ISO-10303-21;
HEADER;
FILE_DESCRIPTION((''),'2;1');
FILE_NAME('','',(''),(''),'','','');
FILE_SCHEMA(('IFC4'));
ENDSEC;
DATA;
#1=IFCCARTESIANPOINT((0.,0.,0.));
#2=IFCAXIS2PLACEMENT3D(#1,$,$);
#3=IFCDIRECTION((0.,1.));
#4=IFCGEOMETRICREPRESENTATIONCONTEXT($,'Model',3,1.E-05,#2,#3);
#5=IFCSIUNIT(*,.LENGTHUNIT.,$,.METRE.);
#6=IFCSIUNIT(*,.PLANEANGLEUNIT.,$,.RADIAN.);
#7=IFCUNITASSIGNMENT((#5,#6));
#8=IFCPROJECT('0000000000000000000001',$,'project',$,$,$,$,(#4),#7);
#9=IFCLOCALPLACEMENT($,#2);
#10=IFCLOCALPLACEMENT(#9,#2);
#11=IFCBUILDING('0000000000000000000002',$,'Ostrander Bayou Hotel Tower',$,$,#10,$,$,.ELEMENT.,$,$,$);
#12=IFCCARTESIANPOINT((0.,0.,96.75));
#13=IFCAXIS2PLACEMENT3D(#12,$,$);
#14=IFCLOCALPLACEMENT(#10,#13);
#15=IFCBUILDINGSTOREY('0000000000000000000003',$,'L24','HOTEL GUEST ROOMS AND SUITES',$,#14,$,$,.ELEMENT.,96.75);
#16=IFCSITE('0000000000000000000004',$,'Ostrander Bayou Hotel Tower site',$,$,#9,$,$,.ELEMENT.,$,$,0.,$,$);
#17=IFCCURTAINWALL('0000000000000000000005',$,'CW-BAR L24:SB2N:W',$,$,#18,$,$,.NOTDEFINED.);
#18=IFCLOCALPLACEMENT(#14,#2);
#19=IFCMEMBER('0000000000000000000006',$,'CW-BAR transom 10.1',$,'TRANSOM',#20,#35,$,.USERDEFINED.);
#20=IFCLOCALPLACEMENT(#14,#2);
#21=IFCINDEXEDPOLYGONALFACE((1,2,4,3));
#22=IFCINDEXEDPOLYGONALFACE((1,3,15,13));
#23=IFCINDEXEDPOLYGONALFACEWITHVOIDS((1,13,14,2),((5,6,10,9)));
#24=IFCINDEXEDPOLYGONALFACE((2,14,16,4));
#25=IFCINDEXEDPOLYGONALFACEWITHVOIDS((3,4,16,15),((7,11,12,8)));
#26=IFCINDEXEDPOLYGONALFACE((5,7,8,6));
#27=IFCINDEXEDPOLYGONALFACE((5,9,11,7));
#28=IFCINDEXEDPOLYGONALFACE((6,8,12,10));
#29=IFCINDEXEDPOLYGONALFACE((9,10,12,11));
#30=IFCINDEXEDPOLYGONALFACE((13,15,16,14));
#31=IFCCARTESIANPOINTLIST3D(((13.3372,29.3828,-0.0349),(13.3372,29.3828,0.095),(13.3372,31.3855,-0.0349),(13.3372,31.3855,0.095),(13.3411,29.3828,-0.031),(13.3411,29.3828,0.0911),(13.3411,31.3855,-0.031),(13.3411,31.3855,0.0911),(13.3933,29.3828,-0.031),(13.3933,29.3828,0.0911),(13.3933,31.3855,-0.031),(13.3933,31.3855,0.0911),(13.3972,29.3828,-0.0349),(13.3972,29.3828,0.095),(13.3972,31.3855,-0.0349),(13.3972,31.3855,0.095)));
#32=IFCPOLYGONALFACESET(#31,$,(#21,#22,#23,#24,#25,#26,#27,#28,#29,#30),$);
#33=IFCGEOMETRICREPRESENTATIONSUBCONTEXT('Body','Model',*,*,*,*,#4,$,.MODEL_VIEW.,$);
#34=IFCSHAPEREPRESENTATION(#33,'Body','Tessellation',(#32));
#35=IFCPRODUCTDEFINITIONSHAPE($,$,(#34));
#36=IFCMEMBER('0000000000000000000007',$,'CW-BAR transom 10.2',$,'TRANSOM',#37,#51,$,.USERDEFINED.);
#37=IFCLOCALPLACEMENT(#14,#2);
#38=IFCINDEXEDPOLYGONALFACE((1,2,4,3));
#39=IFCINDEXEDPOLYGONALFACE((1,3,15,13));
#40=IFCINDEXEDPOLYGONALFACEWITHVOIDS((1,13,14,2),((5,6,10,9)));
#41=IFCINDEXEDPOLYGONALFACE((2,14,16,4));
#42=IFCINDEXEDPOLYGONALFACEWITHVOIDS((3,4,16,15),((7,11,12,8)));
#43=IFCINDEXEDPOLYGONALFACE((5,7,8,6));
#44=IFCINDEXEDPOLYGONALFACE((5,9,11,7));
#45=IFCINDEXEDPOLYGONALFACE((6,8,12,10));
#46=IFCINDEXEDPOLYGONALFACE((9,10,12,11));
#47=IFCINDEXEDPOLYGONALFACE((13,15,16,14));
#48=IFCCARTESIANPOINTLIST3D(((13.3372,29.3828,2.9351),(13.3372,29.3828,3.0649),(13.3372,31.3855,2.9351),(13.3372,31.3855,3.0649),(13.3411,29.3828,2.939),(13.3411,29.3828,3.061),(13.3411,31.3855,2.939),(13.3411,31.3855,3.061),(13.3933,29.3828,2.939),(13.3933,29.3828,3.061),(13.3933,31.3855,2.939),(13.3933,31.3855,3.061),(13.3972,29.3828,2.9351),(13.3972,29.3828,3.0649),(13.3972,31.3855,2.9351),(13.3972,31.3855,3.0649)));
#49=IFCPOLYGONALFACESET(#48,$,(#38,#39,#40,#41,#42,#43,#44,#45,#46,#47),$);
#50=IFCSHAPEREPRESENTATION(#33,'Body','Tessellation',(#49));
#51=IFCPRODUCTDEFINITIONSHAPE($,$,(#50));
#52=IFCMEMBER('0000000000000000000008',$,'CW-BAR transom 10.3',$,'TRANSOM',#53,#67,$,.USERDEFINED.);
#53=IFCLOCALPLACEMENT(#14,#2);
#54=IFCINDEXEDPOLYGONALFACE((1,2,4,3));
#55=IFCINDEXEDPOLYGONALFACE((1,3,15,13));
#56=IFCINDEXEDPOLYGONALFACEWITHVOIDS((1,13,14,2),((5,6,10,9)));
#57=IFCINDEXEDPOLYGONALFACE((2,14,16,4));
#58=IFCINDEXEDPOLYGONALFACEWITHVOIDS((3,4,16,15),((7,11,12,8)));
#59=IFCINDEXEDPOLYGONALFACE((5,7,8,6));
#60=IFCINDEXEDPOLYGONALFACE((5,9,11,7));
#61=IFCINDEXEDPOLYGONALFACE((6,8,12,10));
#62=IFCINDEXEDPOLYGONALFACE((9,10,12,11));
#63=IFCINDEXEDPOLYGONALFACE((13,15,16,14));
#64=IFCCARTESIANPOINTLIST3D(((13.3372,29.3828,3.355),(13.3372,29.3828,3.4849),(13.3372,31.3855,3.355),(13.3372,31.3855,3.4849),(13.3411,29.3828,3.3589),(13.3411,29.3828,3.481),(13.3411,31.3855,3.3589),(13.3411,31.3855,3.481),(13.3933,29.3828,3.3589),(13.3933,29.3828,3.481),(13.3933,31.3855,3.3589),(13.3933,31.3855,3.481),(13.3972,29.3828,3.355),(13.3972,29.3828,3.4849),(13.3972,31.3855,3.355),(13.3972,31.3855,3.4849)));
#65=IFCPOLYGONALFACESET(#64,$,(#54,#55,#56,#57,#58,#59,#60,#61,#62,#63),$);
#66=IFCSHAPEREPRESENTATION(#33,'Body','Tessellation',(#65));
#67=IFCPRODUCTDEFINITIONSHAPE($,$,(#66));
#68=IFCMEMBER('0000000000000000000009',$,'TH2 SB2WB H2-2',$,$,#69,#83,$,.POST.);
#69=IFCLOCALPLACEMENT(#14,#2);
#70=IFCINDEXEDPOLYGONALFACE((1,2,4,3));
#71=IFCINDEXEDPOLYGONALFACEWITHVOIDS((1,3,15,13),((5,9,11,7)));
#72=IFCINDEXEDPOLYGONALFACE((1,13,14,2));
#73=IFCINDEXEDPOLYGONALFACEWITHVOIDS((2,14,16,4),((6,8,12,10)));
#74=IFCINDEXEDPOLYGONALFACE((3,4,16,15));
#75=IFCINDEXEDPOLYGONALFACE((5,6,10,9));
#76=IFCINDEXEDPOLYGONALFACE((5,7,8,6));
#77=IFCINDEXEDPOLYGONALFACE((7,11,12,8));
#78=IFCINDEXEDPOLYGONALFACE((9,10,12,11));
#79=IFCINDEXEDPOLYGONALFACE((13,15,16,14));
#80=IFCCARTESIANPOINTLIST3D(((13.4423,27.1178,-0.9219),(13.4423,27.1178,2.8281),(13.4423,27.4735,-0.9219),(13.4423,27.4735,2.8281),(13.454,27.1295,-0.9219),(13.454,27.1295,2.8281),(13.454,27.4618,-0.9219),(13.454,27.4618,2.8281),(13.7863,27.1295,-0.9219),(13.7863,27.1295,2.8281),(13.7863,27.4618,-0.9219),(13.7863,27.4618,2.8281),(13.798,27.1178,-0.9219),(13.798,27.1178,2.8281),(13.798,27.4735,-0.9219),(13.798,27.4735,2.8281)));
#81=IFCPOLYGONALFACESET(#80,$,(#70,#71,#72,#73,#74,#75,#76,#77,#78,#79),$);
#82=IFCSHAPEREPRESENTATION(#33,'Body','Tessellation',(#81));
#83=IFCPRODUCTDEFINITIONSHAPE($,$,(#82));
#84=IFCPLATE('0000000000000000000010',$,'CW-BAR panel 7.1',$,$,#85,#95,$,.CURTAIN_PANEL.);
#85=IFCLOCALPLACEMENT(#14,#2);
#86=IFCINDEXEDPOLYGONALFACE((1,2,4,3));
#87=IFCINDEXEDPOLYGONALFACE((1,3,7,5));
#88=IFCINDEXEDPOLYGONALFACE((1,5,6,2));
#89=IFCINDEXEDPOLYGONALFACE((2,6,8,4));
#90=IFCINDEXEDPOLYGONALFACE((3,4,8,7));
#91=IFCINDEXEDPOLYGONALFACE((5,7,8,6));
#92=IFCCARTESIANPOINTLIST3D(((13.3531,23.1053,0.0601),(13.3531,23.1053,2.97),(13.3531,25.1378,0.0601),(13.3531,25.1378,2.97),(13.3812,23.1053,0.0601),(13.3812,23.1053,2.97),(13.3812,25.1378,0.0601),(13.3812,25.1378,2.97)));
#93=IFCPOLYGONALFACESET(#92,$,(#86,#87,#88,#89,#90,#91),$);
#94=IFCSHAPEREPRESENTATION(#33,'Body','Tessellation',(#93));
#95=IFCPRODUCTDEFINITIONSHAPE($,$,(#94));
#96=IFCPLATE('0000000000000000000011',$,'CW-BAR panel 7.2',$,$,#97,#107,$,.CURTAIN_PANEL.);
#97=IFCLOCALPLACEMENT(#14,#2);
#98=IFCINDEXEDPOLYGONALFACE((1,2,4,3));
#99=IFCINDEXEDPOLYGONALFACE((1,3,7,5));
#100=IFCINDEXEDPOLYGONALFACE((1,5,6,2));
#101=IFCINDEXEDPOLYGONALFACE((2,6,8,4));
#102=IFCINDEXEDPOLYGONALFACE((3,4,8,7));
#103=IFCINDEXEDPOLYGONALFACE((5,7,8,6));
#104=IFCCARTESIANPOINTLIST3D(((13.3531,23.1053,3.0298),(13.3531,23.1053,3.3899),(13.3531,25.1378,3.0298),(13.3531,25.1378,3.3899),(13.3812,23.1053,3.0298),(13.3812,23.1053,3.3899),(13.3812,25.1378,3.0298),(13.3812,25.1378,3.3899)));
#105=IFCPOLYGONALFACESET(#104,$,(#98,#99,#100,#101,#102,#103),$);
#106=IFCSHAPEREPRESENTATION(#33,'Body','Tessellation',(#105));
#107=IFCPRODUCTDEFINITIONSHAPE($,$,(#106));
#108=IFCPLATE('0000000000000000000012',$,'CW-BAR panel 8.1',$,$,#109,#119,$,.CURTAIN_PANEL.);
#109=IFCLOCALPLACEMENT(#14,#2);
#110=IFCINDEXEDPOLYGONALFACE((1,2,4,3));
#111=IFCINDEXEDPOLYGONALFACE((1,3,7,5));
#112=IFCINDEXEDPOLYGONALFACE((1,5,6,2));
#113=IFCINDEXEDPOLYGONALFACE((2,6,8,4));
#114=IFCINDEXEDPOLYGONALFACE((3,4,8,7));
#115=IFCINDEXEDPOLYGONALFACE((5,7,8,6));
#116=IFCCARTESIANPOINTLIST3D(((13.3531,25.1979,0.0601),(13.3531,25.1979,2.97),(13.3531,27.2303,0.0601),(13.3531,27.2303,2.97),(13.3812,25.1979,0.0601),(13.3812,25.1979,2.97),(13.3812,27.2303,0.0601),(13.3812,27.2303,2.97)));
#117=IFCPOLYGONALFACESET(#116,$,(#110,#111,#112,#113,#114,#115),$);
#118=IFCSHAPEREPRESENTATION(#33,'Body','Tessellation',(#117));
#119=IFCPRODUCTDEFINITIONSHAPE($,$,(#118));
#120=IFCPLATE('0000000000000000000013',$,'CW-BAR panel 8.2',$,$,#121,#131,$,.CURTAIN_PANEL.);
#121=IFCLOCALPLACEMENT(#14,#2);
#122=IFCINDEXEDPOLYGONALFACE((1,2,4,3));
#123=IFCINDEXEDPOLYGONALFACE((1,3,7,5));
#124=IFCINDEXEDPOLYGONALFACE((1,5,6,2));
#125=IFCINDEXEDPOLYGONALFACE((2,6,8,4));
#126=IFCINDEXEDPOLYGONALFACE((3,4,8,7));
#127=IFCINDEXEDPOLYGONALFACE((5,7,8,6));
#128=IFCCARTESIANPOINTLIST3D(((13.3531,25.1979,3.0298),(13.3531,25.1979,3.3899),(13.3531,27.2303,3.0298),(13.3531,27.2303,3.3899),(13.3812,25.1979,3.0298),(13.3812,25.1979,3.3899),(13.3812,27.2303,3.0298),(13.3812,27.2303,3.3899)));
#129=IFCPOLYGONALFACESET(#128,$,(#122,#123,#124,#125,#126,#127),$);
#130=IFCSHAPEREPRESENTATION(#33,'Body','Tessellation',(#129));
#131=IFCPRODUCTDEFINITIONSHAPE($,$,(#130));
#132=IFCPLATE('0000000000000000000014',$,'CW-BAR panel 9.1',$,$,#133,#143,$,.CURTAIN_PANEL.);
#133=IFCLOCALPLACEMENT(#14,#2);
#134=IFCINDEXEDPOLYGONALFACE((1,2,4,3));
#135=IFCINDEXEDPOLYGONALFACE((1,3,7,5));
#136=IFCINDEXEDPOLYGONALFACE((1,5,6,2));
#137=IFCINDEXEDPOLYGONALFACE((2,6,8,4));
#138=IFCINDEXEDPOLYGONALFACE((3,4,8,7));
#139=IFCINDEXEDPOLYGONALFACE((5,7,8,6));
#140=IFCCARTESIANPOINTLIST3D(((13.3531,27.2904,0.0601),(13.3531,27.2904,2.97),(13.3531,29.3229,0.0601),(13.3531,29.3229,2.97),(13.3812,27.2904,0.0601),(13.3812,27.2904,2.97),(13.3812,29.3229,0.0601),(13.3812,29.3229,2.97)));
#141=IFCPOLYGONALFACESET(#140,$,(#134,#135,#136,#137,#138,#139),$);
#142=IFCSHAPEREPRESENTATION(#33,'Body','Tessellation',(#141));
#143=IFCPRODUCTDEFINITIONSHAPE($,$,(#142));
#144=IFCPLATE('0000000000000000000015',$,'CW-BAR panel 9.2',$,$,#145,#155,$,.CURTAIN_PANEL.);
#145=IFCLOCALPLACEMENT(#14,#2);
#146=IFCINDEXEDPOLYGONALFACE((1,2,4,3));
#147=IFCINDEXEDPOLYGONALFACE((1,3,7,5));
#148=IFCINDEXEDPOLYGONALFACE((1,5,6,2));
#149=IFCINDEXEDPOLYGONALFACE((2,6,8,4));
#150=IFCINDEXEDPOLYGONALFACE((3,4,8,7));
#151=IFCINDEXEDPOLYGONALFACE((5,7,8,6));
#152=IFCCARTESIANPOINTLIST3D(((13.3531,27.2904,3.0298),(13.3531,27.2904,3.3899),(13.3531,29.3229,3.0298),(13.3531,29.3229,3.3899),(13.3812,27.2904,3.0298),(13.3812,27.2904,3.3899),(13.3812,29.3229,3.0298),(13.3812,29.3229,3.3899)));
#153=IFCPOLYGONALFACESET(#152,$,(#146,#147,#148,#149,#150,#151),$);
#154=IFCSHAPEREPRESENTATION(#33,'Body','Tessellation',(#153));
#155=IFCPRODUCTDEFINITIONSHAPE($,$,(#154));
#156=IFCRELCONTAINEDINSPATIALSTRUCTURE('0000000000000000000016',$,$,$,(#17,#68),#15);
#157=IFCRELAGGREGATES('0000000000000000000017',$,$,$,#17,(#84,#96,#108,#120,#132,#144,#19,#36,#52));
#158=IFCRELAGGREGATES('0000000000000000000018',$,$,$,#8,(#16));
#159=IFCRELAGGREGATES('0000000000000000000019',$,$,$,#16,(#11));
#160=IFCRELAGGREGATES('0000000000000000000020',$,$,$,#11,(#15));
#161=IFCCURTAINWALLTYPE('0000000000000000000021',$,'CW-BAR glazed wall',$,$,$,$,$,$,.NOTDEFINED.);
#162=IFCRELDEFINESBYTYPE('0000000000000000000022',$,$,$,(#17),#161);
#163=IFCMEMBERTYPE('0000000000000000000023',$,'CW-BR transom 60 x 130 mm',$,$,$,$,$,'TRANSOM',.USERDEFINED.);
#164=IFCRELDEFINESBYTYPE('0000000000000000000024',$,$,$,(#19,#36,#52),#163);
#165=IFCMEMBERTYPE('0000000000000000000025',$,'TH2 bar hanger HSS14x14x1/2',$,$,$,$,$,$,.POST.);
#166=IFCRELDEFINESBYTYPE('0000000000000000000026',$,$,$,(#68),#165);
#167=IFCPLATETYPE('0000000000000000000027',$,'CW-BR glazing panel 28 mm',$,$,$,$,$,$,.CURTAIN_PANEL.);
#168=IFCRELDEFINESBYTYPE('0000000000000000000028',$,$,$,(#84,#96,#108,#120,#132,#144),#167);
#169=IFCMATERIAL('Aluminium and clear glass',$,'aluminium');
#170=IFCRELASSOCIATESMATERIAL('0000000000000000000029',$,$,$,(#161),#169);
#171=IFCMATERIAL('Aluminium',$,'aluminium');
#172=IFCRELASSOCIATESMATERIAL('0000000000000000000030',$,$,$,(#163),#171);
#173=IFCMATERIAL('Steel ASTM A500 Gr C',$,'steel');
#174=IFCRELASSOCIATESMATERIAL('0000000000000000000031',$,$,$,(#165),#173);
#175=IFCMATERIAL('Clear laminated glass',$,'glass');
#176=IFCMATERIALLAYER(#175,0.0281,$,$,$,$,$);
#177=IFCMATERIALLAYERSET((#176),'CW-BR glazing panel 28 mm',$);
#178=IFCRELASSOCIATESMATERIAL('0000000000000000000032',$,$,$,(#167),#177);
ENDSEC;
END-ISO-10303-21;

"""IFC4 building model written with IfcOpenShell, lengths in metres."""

from ifc_helpers import new_model, si_unit, direction, frame, origin, origin_2d, place, context, subcontext, project, spatial, rectangle, hollow_rectangle, extrude, material, layer, layer_set, material_profile, profile_set, type_object, element, aggregate, save


model = new_model("IFC4")

# Units and contexts
model_context = context("Model", 3, precision=1e-05, world=origin(), true_north=direction((0.0, 1.0)))
body_context = subcontext(model_context, "Body", "Model", "MODEL_VIEW")
ifc_project = project(units=[si_unit("LENGTHUNIT", "METRE"), si_unit("PLANEANGLEUNIT", "RADIAN")], contexts=[model_context])

# Site, building, storey
site_placement = place(None, origin())
site = spatial("IfcSite", under=ifc_project, at=site_placement, Name="Ostrander Bayou Hotel Tower site", CompositionType="ELEMENT", RefElevation=0.0)
building_placement = place(site_placement, origin())
building = spatial("IfcBuilding", under=site, at=building_placement, Name="Ostrander Bayou Hotel Tower", CompositionType="ELEMENT")
storey_placement = place(building_placement, frame((0.0, 0.0, 96.75)))
storey = spatial("IfcBuildingStorey", under=building, at=storey_placement, Name="L24", Description="HOTEL GUEST ROOMS AND SUITES", CompositionType="ELEMENT", Elevation=96.75)

# Curtain wall, members
ifc_material_1 = material(Name="Aluminium and clear glass", Category="aluminium")
curtain_wall_type = type_object("IfcCurtainWallType", Name="CW-BAR glazed wall", PredefinedType="NOTDEFINED", material=ifc_material_1)
curtain_wall_placement = place(storey_placement, origin())
curtain_wall = element("IfcCurtainWall", 1, at=curtain_wall_placement, inside=storey, type_object=curtain_wall_type, Name="CW-BAR L24:SB2N:W", PredefinedType="NOTDEFINED")
ifc_material_2 = material(Name="Aluminium", Category="aluminium")
ifc_material_profile_1 = material_profile(ifc_material_2, hollow_rectangle(XDim=0.0601, YDim=0.1299, WallThickness=0.0039, at=origin_2d()))
ifc_profile_set_1 = profile_set([ifc_material_profile_1], Name="Aluminium")
member_type_1 = type_object("IfcMemberType", Name="CW-BR transom 60 x 130 mm", ElementType="TRANSOM", PredefinedType="USERDEFINED", material=ifc_profile_set_1)
member_1_placement = place(storey_placement, frame((13.3672, 29.3828, 0.03), z_axis=(0.0, 1.0, 0.0), x_axis=(-1.0, 0.0, 0.0)))
member_1 = element("IfcMember", 2, at=member_1_placement, type_object=member_type_1, Name="CW-BAR transom 10.1", ObjectType="TRANSOM", PredefinedType="USERDEFINED", context=body_context, shape_type="SweptSolid", body=[
    extrude(hollow_rectangle(XDim=0.0601, YDim=0.1299, WallThickness=0.0039, at=origin_2d()), origin(), (0.0, 0.0, 1.0), 2.0027),
])
member_2_placement = place(storey_placement, frame((13.3672, 29.3828, 3.0), z_axis=(0.0, 1.0, 0.0), x_axis=(-1.0, 0.0, 0.0)))
member_2 = element("IfcMember", 3, at=member_2_placement, type_object=member_type_1, Name="CW-BAR transom 10.2", ObjectType="TRANSOM", PredefinedType="USERDEFINED", context=body_context, shape_type="SweptSolid", body=[
    extrude(hollow_rectangle(XDim=0.0601, YDim=0.1299, WallThickness=0.0039, at=origin_2d()), origin(), (0.0, 0.0, 1.0), 2.0027),
])
member_3_placement = place(storey_placement, frame((13.3672, 29.3828, 3.4199), z_axis=(0.0, 1.0, 0.0), x_axis=(-1.0, 0.0, 0.0)))
member_3 = element("IfcMember", 4, at=member_3_placement, type_object=member_type_1, Name="CW-BAR transom 10.3", ObjectType="TRANSOM", PredefinedType="USERDEFINED", context=body_context, shape_type="SweptSolid", body=[
    extrude(hollow_rectangle(XDim=0.0601, YDim=0.1299, WallThickness=0.0039, at=origin_2d()), origin(), (0.0, 0.0, 1.0), 2.0027),
])

# Member
ifc_material_3 = material(Name="Steel ASTM A500 Gr C", Category="steel")
ifc_material_profile_2 = material_profile(ifc_material_3, hollow_rectangle(XDim=0.3557, YDim=0.3557, WallThickness=0.0117, at=origin_2d()))
ifc_profile_set_2 = profile_set([ifc_material_profile_2], Name="Steel ASTM A500 Gr C")
member_type_2 = type_object("IfcMemberType", Name="TH2 bar hanger HSS14x14x1/2", PredefinedType="POST", material=ifc_profile_set_2)
member_4_placement = place(storey_placement, frame((13.6201, 27.2957, -0.9219), z_axis=(0.0, 0.0, 1.0), x_axis=(1.0, 0.0, 0.0)))
element("IfcMember", 5, at=member_4_placement, inside=storey, type_object=member_type_2, Name="TH2 SB2WB H2-2", PredefinedType="POST", context=body_context, shape_type="SweptSolid", body=[
    extrude(hollow_rectangle(XDim=0.3557, YDim=0.3557, WallThickness=0.0117, at=origin_2d()), origin(), (0.0, 0.0, 1.0), 3.75),
])

# Plates
ifc_material_4 = material(Name="Clear laminated glass", Category="glass")
ifc_layer_1 = layer(ifc_material_4, 0.0281)
ifc_layer_set_1 = layer_set([ifc_layer_1], Name="CW-BR glazing panel 28 mm")
plate_type = type_object("IfcPlateType", Name="CW-BR glazing panel 28 mm", PredefinedType="CURTAIN_PANEL", material=ifc_layer_set_1)
plate_1_placement = place(storey_placement, frame((13.3672, 24.1216, 0.0601), z_axis=(0.0, 0.0, 1.0), x_axis=(0.0, 1.0, 0.0)))
plate_1 = element("IfcPlate", 6, at=plate_1_placement, type_object=plate_type, Name="CW-BAR panel 7.1", PredefinedType="CURTAIN_PANEL", context=body_context, shape_type="SweptSolid", body=[
    extrude(rectangle(XDim=2.0325, YDim=0.0281, at=origin_2d()), origin(), (0.0, 0.0, 1.0), 2.9099),
])
plate_2_placement = place(storey_placement, frame((13.3672, 24.1216, 3.0298), z_axis=(0.0, 0.0, 1.0), x_axis=(0.0, 1.0, 0.0)))
plate_2 = element("IfcPlate", 7, at=plate_2_placement, type_object=plate_type, Name="CW-BAR panel 7.2", PredefinedType="CURTAIN_PANEL", context=body_context, shape_type="SweptSolid", body=[
    extrude(rectangle(XDim=2.0325, YDim=0.0281, at=origin_2d()), origin(), (0.0, 0.0, 1.0), 0.3601),
])
plate_3_placement = place(storey_placement, frame((13.3672, 26.2141, 0.0601), z_axis=(0.0, 0.0, 1.0), x_axis=(0.0, 1.0, 0.0)))
plate_3 = element("IfcPlate", 8, at=plate_3_placement, type_object=plate_type, Name="CW-BAR panel 8.1", PredefinedType="CURTAIN_PANEL", context=body_context, shape_type="SweptSolid", body=[
    extrude(rectangle(XDim=2.0325, YDim=0.0281, at=origin_2d()), origin(), (0.0, 0.0, 1.0), 2.9099),
])
plate_4_placement = place(storey_placement, frame((13.3672, 26.2141, 3.0298), z_axis=(0.0, 0.0, 1.0), x_axis=(0.0, 1.0, 0.0)))
plate_4 = element("IfcPlate", 9, at=plate_4_placement, type_object=plate_type, Name="CW-BAR panel 8.2", PredefinedType="CURTAIN_PANEL", context=body_context, shape_type="SweptSolid", body=[
    extrude(rectangle(XDim=2.0325, YDim=0.0281, at=origin_2d()), origin(), (0.0, 0.0, 1.0), 0.3601),
])
plate_5_placement = place(storey_placement, frame((13.3672, 28.3066, 0.0601), z_axis=(0.0, 0.0, 1.0), x_axis=(0.0, 1.0, 0.0)))
plate_5 = element("IfcPlate", 10, at=plate_5_placement, type_object=plate_type, Name="CW-BAR panel 9.1", PredefinedType="CURTAIN_PANEL", context=body_context, shape_type="SweptSolid", body=[
    extrude(rectangle(XDim=2.0325, YDim=0.0281, at=origin_2d()), origin(), (0.0, 0.0, 1.0), 2.9099),
])
plate_6_placement = place(storey_placement, frame((13.3672, 28.3066, 3.0298), z_axis=(0.0, 0.0, 1.0), x_axis=(0.0, 1.0, 0.0)))
plate_6 = element("IfcPlate", 11, at=plate_6_placement, type_object=plate_type, Name="CW-BAR panel 9.2", PredefinedType="CURTAIN_PANEL", context=body_context, shape_type="SweptSolid", body=[
    extrude(rectangle(XDim=2.0325, YDim=0.0281, at=origin_2d()), origin(), (0.0, 0.0, 1.0), 0.3601),
])
aggregate(curtain_wall, [plate_1, plate_2, plate_3, plate_4, plate_5, plate_6, member_1, member_2, member_3])

save(model, "model.ifc")
